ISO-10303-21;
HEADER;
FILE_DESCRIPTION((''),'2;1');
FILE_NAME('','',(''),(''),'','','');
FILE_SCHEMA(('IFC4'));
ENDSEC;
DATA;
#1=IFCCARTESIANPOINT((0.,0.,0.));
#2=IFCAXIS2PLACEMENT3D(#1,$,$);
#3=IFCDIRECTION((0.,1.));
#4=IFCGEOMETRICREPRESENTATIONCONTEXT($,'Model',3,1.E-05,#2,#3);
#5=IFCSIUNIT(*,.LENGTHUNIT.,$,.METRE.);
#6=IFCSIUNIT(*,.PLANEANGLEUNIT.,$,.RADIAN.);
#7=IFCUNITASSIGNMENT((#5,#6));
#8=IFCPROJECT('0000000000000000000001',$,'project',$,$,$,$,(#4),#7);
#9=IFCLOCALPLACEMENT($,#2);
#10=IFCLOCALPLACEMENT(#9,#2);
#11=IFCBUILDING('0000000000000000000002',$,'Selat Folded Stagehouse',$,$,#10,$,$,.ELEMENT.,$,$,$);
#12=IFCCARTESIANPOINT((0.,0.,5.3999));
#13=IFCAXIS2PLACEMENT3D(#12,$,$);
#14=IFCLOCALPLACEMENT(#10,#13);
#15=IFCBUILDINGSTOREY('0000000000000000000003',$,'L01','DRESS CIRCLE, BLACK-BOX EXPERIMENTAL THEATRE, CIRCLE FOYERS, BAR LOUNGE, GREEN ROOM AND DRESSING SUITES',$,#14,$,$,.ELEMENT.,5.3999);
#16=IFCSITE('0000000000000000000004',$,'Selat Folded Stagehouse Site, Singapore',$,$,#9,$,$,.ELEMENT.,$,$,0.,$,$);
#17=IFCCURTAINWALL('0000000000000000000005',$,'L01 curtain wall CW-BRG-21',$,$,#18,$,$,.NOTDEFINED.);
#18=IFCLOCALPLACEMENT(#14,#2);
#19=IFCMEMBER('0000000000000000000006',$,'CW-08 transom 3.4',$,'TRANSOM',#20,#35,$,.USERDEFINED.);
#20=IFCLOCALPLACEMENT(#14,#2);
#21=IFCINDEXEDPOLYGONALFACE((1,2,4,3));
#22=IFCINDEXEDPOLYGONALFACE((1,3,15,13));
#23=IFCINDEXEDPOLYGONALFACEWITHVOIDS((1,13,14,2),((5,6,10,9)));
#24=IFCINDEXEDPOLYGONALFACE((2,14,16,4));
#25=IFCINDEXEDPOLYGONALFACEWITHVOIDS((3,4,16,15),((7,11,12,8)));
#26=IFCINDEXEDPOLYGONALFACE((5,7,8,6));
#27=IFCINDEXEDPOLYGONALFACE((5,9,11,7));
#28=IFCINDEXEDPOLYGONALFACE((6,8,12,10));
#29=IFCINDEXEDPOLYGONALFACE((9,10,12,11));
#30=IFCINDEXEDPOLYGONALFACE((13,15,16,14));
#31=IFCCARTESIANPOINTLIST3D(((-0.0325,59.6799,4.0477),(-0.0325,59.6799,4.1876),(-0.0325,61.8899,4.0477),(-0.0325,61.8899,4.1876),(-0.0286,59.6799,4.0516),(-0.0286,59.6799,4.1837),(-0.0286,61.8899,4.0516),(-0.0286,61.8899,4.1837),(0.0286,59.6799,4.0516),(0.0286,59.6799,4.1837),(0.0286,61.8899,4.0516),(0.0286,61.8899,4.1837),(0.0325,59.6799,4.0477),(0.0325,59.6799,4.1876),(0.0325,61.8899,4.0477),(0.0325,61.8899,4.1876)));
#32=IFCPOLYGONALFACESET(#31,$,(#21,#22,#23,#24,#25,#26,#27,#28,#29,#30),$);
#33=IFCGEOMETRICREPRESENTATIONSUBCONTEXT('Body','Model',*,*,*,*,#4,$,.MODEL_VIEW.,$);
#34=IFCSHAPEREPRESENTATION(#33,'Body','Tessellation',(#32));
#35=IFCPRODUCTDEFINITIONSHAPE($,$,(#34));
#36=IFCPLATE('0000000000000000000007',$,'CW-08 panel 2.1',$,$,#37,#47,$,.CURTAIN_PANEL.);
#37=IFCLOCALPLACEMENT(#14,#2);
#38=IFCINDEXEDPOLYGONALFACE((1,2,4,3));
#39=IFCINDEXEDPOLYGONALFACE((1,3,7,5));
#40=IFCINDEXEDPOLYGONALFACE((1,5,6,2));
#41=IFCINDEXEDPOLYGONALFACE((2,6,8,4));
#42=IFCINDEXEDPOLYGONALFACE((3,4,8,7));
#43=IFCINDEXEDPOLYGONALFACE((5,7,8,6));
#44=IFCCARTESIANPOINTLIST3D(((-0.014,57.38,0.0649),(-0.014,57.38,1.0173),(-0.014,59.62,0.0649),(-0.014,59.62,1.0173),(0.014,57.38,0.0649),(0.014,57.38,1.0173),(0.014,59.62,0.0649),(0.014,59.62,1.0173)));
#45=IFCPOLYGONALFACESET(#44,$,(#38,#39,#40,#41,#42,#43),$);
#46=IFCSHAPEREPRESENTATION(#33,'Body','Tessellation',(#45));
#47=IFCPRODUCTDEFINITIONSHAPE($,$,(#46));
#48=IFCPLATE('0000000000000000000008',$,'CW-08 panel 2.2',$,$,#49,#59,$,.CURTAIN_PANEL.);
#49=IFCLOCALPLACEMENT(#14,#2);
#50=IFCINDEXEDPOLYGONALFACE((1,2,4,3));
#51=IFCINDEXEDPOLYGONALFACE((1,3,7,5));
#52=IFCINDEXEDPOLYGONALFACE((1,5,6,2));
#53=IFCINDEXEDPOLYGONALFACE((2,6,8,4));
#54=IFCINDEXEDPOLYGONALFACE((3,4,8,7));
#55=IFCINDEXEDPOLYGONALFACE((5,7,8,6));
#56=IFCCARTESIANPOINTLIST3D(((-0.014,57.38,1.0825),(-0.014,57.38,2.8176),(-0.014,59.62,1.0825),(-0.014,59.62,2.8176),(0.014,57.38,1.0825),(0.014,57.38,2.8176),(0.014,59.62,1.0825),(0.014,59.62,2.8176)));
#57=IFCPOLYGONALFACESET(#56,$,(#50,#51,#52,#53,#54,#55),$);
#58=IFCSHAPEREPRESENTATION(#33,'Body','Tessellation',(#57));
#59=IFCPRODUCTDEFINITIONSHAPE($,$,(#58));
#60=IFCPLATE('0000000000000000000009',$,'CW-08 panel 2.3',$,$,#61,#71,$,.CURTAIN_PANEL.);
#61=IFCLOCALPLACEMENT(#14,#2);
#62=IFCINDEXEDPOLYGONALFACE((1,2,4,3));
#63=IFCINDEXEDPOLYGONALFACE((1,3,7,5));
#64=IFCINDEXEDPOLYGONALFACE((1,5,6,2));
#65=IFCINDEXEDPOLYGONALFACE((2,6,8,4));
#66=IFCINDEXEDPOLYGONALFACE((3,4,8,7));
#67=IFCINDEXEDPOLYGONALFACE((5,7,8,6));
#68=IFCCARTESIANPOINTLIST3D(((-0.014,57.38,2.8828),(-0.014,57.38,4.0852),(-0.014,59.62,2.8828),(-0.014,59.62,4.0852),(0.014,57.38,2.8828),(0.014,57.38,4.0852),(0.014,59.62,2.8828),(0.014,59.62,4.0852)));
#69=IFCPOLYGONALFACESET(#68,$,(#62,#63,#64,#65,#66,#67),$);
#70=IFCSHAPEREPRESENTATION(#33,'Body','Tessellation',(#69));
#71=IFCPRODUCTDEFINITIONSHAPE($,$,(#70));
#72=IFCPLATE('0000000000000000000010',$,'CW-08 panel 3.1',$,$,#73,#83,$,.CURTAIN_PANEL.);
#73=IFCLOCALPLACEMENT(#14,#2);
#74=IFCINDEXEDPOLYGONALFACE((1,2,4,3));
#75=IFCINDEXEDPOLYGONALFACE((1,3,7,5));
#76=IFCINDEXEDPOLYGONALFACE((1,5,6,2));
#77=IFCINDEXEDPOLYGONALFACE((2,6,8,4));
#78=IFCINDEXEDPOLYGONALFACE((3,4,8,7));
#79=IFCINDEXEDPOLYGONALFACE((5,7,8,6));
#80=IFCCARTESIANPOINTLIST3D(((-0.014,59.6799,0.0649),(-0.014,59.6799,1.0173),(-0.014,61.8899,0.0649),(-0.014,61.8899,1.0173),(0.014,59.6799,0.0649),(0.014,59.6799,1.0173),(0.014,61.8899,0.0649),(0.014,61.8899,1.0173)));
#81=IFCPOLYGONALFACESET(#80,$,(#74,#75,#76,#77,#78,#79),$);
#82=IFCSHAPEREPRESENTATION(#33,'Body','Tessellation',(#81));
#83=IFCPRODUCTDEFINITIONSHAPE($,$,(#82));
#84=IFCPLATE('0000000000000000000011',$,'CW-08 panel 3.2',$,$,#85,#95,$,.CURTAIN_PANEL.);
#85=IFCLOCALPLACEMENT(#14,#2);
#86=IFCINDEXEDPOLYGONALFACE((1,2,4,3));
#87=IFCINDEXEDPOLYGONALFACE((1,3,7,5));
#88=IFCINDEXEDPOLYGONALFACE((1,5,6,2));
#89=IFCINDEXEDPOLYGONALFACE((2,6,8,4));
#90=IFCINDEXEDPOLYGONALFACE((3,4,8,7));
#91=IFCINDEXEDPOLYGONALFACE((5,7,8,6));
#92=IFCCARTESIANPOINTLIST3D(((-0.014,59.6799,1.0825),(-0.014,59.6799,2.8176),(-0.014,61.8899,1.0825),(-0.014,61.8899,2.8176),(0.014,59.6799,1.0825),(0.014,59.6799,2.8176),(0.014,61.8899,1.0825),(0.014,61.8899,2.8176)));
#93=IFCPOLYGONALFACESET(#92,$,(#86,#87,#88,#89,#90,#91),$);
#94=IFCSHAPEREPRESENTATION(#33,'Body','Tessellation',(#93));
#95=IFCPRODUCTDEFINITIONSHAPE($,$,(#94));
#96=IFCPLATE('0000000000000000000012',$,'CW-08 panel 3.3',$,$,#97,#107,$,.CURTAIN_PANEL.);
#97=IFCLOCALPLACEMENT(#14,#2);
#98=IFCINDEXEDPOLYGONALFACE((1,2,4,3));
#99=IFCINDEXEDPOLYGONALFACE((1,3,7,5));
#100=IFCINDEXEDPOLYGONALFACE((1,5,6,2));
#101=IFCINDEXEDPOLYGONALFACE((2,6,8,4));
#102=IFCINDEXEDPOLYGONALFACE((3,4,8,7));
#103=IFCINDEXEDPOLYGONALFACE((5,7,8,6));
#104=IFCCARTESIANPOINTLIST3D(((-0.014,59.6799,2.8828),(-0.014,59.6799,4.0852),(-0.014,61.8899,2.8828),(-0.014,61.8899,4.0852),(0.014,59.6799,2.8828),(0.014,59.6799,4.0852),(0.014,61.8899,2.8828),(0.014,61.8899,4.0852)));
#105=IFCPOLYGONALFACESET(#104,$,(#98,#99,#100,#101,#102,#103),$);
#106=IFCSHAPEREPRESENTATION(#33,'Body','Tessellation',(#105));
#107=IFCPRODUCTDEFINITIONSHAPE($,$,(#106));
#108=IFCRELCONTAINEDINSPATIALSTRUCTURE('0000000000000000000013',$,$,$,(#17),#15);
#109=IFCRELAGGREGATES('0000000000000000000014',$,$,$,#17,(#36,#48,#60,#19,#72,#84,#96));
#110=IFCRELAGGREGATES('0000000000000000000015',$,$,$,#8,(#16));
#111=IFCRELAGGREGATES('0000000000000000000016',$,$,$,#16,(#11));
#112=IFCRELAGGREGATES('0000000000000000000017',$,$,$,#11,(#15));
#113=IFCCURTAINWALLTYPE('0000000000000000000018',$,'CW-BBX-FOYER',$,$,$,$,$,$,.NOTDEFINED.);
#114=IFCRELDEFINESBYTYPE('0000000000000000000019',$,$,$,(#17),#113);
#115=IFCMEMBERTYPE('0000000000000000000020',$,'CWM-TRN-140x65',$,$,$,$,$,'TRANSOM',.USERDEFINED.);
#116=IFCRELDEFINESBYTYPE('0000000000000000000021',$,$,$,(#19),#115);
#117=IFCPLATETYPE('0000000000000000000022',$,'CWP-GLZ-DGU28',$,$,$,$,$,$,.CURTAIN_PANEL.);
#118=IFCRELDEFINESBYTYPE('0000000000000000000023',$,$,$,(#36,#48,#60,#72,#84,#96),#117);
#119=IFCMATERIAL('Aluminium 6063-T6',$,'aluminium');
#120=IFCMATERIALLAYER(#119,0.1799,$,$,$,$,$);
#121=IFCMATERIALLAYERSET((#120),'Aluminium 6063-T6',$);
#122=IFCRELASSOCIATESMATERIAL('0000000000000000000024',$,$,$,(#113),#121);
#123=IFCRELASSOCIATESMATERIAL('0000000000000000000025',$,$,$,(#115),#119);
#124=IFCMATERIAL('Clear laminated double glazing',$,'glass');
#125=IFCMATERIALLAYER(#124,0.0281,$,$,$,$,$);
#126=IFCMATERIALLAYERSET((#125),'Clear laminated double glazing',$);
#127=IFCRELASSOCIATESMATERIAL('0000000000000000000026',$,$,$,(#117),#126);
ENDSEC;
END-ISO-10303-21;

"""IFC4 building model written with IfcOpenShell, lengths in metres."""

from ifc_helpers import new_model, si_unit, direction, frame, origin, origin_2d, place, context, subcontext, project, spatial, rectangle, hollow_rectangle, extrude, material, layer, layer_set, material_profile, profile_set, type_object, element, aggregate, save


model = new_model("IFC4")

# Units and contexts
model_context = context("Model", 3, precision=1e-05, world=origin(), true_north=direction((0.0, 1.0)))
body_context = subcontext(model_context, "Body", "Model", "MODEL_VIEW")
ifc_project = project(units=[si_unit("LENGTHUNIT", "METRE"), si_unit("PLANEANGLEUNIT", "RADIAN")], contexts=[model_context])

# Site, building, storey
site_placement = place(None, origin())
site = spatial("IfcSite", under=ifc_project, at=site_placement, Name="Selat Folded Stagehouse Site, Singapore", CompositionType="ELEMENT", RefElevation=0.0)
building_placement = place(site_placement, origin())
building = spatial("IfcBuilding", under=site, at=building_placement, Name="Selat Folded Stagehouse", CompositionType="ELEMENT")
storey_placement = place(building_placement, frame((0.0, 0.0, 5.3999)))
storey = spatial("IfcBuildingStorey", under=building, at=storey_placement, Name="L01", Description="DRESS CIRCLE, BLACK-BOX EXPERIMENTAL THEATRE, CIRCLE FOYERS, BAR LOUNGE, GREEN ROOM AND DRESSING SUITES", CompositionType="ELEMENT", Elevation=5.3999)

# Curtain wall, member, plates
ifc_material_1 = material(Name="Aluminium 6063-T6", Category="aluminium")
ifc_layer_1 = layer(ifc_material_1, 0.1799)
ifc_layer_set_1 = layer_set([ifc_layer_1], Name="Aluminium 6063-T6")
curtain_wall_type = type_object("IfcCurtainWallType", Name="CW-BBX-FOYER", PredefinedType="NOTDEFINED", material=ifc_layer_set_1)
curtain_wall_placement = place(storey_placement, origin())
curtain_wall = element("IfcCurtainWall", 1, at=curtain_wall_placement, inside=storey, type_object=curtain_wall_type, Name="L01 curtain wall CW-BRG-21", PredefinedType="NOTDEFINED")
ifc_material_profile_1 = material_profile(ifc_material_1, hollow_rectangle(XDim=0.0649, YDim=0.1399, WallThickness=0.0039, at=origin_2d()), Name="ALU 140x65x4.0")
ifc_profile_set_1 = profile_set([ifc_material_profile_1], Name="Aluminium 6063-T6")
member_type_1 = type_object("IfcMemberType", Name="CWM-TRN-140x65", ElementType="TRANSOM", PredefinedType="USERDEFINED", material=ifc_profile_set_1)
member_1_placement = place(storey_placement, frame((0.0, 59.6799, 4.1177), z_axis=(0.0, 1.0, 0.0), x_axis=(-1.0, 0.0, 0.0)))
member_1 = element("IfcMember", 2, at=member_1_placement, type_object=member_type_1, Name="CW-08 transom 3.4", ObjectType="TRANSOM", PredefinedType="USERDEFINED", context=body_context, shape_type="SweptSolid", body=[
    extrude(hollow_rectangle(XDim=0.0649, YDim=0.1399, WallThickness=0.0039, at=origin_2d()), origin(), (0.0, 0.0, 1.0), 2.21),
])
ifc_material_2 = material(Name="Clear laminated double glazing", Category="glass")
ifc_layer_2 = layer(ifc_material_2, 0.0281)
ifc_layer_set_2 = layer_set([ifc_layer_2], Name="Clear laminated double glazing")
plate_type = type_object("IfcPlateType", Name="CWP-GLZ-DGU28", PredefinedType="CURTAIN_PANEL", material=ifc_layer_set_2)
plate_1_placement = place(storey_placement, frame((0.0, 58.5, 0.0649), z_axis=(0.0, 0.0, 1.0), x_axis=(0.0, 1.0, 0.0)))
plate_1 = element("IfcPlate", 3, at=plate_1_placement, type_object=plate_type, Name="CW-08 panel 2.1", PredefinedType="CURTAIN_PANEL", context=body_context, shape_type="SweptSolid", body=[
    extrude(rectangle(XDim=2.24, YDim=0.0281, at=origin_2d()), origin(), (0.0, 0.0, 1.0), 0.9524),
])
plate_2_placement = place(storey_placement, frame((0.0, 58.5, 1.0825), z_axis=(0.0, 0.0, 1.0), x_axis=(0.0, 1.0, 0.0)))
plate_2 = element("IfcPlate", 4, at=plate_2_placement, type_object=plate_type, Name="CW-08 panel 2.2", PredefinedType="CURTAIN_PANEL", context=body_context, shape_type="SweptSolid", body=[
    extrude(rectangle(XDim=2.24, YDim=0.0281, at=origin_2d()), origin(), (0.0, 0.0, 1.0), 1.7351),
])
plate_3_placement = place(storey_placement, frame((0.0, 58.5, 2.8828), z_axis=(0.0, 0.0, 1.0), x_axis=(0.0, 1.0, 0.0)))
plate_3 = element("IfcPlate", 5, at=plate_3_placement, type_object=plate_type, Name="CW-08 panel 2.3", PredefinedType="CURTAIN_PANEL", context=body_context, shape_type="SweptSolid", body=[
    extrude(rectangle(XDim=2.24, YDim=0.0281, at=origin_2d()), origin(), (0.0, 0.0, 1.0), 1.2024),
])
plate_4_placement = place(storey_placement, frame((0.0, 60.7849, 0.0649), z_axis=(0.0, 0.0, 1.0), x_axis=(0.0, 1.0, 0.0)))
plate_4 = element("IfcPlate", 6, at=plate_4_placement, type_object=plate_type, Name="CW-08 panel 3.1", PredefinedType="CURTAIN_PANEL", context=body_context, shape_type="SweptSolid", body=[
    extrude(rectangle(XDim=2.21, YDim=0.0281, at=origin_2d()), origin(), (0.0, 0.0, 1.0), 0.9524),
])
plate_5_placement = place(storey_placement, frame((0.0, 60.7849, 1.0825), z_axis=(0.0, 0.0, 1.0), x_axis=(0.0, 1.0, 0.0)))
plate_5 = element("IfcPlate", 7, at=plate_5_placement, type_object=plate_type, Name="CW-08 panel 3.2", PredefinedType="CURTAIN_PANEL", context=body_context, shape_type="SweptSolid", body=[
    extrude(rectangle(XDim=2.21, YDim=0.0281, at=origin_2d()), origin(), (0.0, 0.0, 1.0), 1.7351),
])
plate_6_placement = place(storey_placement, frame((0.0, 60.7849, 2.8828), z_axis=(0.0, 0.0, 1.0), x_axis=(0.0, 1.0, 0.0)))
plate_6 = element("IfcPlate", 8, at=plate_6_placement, type_object=plate_type, Name="CW-08 panel 3.3", PredefinedType="CURTAIN_PANEL", context=body_context, shape_type="SweptSolid", body=[
    extrude(rectangle(XDim=2.21, YDim=0.0281, at=origin_2d()), origin(), (0.0, 0.0, 1.0), 1.2024),
])
aggregate(curtain_wall, [plate_1, plate_2, plate_3, member_1, plate_4, plate_5, plate_6])

save(model, "model.ifc")
